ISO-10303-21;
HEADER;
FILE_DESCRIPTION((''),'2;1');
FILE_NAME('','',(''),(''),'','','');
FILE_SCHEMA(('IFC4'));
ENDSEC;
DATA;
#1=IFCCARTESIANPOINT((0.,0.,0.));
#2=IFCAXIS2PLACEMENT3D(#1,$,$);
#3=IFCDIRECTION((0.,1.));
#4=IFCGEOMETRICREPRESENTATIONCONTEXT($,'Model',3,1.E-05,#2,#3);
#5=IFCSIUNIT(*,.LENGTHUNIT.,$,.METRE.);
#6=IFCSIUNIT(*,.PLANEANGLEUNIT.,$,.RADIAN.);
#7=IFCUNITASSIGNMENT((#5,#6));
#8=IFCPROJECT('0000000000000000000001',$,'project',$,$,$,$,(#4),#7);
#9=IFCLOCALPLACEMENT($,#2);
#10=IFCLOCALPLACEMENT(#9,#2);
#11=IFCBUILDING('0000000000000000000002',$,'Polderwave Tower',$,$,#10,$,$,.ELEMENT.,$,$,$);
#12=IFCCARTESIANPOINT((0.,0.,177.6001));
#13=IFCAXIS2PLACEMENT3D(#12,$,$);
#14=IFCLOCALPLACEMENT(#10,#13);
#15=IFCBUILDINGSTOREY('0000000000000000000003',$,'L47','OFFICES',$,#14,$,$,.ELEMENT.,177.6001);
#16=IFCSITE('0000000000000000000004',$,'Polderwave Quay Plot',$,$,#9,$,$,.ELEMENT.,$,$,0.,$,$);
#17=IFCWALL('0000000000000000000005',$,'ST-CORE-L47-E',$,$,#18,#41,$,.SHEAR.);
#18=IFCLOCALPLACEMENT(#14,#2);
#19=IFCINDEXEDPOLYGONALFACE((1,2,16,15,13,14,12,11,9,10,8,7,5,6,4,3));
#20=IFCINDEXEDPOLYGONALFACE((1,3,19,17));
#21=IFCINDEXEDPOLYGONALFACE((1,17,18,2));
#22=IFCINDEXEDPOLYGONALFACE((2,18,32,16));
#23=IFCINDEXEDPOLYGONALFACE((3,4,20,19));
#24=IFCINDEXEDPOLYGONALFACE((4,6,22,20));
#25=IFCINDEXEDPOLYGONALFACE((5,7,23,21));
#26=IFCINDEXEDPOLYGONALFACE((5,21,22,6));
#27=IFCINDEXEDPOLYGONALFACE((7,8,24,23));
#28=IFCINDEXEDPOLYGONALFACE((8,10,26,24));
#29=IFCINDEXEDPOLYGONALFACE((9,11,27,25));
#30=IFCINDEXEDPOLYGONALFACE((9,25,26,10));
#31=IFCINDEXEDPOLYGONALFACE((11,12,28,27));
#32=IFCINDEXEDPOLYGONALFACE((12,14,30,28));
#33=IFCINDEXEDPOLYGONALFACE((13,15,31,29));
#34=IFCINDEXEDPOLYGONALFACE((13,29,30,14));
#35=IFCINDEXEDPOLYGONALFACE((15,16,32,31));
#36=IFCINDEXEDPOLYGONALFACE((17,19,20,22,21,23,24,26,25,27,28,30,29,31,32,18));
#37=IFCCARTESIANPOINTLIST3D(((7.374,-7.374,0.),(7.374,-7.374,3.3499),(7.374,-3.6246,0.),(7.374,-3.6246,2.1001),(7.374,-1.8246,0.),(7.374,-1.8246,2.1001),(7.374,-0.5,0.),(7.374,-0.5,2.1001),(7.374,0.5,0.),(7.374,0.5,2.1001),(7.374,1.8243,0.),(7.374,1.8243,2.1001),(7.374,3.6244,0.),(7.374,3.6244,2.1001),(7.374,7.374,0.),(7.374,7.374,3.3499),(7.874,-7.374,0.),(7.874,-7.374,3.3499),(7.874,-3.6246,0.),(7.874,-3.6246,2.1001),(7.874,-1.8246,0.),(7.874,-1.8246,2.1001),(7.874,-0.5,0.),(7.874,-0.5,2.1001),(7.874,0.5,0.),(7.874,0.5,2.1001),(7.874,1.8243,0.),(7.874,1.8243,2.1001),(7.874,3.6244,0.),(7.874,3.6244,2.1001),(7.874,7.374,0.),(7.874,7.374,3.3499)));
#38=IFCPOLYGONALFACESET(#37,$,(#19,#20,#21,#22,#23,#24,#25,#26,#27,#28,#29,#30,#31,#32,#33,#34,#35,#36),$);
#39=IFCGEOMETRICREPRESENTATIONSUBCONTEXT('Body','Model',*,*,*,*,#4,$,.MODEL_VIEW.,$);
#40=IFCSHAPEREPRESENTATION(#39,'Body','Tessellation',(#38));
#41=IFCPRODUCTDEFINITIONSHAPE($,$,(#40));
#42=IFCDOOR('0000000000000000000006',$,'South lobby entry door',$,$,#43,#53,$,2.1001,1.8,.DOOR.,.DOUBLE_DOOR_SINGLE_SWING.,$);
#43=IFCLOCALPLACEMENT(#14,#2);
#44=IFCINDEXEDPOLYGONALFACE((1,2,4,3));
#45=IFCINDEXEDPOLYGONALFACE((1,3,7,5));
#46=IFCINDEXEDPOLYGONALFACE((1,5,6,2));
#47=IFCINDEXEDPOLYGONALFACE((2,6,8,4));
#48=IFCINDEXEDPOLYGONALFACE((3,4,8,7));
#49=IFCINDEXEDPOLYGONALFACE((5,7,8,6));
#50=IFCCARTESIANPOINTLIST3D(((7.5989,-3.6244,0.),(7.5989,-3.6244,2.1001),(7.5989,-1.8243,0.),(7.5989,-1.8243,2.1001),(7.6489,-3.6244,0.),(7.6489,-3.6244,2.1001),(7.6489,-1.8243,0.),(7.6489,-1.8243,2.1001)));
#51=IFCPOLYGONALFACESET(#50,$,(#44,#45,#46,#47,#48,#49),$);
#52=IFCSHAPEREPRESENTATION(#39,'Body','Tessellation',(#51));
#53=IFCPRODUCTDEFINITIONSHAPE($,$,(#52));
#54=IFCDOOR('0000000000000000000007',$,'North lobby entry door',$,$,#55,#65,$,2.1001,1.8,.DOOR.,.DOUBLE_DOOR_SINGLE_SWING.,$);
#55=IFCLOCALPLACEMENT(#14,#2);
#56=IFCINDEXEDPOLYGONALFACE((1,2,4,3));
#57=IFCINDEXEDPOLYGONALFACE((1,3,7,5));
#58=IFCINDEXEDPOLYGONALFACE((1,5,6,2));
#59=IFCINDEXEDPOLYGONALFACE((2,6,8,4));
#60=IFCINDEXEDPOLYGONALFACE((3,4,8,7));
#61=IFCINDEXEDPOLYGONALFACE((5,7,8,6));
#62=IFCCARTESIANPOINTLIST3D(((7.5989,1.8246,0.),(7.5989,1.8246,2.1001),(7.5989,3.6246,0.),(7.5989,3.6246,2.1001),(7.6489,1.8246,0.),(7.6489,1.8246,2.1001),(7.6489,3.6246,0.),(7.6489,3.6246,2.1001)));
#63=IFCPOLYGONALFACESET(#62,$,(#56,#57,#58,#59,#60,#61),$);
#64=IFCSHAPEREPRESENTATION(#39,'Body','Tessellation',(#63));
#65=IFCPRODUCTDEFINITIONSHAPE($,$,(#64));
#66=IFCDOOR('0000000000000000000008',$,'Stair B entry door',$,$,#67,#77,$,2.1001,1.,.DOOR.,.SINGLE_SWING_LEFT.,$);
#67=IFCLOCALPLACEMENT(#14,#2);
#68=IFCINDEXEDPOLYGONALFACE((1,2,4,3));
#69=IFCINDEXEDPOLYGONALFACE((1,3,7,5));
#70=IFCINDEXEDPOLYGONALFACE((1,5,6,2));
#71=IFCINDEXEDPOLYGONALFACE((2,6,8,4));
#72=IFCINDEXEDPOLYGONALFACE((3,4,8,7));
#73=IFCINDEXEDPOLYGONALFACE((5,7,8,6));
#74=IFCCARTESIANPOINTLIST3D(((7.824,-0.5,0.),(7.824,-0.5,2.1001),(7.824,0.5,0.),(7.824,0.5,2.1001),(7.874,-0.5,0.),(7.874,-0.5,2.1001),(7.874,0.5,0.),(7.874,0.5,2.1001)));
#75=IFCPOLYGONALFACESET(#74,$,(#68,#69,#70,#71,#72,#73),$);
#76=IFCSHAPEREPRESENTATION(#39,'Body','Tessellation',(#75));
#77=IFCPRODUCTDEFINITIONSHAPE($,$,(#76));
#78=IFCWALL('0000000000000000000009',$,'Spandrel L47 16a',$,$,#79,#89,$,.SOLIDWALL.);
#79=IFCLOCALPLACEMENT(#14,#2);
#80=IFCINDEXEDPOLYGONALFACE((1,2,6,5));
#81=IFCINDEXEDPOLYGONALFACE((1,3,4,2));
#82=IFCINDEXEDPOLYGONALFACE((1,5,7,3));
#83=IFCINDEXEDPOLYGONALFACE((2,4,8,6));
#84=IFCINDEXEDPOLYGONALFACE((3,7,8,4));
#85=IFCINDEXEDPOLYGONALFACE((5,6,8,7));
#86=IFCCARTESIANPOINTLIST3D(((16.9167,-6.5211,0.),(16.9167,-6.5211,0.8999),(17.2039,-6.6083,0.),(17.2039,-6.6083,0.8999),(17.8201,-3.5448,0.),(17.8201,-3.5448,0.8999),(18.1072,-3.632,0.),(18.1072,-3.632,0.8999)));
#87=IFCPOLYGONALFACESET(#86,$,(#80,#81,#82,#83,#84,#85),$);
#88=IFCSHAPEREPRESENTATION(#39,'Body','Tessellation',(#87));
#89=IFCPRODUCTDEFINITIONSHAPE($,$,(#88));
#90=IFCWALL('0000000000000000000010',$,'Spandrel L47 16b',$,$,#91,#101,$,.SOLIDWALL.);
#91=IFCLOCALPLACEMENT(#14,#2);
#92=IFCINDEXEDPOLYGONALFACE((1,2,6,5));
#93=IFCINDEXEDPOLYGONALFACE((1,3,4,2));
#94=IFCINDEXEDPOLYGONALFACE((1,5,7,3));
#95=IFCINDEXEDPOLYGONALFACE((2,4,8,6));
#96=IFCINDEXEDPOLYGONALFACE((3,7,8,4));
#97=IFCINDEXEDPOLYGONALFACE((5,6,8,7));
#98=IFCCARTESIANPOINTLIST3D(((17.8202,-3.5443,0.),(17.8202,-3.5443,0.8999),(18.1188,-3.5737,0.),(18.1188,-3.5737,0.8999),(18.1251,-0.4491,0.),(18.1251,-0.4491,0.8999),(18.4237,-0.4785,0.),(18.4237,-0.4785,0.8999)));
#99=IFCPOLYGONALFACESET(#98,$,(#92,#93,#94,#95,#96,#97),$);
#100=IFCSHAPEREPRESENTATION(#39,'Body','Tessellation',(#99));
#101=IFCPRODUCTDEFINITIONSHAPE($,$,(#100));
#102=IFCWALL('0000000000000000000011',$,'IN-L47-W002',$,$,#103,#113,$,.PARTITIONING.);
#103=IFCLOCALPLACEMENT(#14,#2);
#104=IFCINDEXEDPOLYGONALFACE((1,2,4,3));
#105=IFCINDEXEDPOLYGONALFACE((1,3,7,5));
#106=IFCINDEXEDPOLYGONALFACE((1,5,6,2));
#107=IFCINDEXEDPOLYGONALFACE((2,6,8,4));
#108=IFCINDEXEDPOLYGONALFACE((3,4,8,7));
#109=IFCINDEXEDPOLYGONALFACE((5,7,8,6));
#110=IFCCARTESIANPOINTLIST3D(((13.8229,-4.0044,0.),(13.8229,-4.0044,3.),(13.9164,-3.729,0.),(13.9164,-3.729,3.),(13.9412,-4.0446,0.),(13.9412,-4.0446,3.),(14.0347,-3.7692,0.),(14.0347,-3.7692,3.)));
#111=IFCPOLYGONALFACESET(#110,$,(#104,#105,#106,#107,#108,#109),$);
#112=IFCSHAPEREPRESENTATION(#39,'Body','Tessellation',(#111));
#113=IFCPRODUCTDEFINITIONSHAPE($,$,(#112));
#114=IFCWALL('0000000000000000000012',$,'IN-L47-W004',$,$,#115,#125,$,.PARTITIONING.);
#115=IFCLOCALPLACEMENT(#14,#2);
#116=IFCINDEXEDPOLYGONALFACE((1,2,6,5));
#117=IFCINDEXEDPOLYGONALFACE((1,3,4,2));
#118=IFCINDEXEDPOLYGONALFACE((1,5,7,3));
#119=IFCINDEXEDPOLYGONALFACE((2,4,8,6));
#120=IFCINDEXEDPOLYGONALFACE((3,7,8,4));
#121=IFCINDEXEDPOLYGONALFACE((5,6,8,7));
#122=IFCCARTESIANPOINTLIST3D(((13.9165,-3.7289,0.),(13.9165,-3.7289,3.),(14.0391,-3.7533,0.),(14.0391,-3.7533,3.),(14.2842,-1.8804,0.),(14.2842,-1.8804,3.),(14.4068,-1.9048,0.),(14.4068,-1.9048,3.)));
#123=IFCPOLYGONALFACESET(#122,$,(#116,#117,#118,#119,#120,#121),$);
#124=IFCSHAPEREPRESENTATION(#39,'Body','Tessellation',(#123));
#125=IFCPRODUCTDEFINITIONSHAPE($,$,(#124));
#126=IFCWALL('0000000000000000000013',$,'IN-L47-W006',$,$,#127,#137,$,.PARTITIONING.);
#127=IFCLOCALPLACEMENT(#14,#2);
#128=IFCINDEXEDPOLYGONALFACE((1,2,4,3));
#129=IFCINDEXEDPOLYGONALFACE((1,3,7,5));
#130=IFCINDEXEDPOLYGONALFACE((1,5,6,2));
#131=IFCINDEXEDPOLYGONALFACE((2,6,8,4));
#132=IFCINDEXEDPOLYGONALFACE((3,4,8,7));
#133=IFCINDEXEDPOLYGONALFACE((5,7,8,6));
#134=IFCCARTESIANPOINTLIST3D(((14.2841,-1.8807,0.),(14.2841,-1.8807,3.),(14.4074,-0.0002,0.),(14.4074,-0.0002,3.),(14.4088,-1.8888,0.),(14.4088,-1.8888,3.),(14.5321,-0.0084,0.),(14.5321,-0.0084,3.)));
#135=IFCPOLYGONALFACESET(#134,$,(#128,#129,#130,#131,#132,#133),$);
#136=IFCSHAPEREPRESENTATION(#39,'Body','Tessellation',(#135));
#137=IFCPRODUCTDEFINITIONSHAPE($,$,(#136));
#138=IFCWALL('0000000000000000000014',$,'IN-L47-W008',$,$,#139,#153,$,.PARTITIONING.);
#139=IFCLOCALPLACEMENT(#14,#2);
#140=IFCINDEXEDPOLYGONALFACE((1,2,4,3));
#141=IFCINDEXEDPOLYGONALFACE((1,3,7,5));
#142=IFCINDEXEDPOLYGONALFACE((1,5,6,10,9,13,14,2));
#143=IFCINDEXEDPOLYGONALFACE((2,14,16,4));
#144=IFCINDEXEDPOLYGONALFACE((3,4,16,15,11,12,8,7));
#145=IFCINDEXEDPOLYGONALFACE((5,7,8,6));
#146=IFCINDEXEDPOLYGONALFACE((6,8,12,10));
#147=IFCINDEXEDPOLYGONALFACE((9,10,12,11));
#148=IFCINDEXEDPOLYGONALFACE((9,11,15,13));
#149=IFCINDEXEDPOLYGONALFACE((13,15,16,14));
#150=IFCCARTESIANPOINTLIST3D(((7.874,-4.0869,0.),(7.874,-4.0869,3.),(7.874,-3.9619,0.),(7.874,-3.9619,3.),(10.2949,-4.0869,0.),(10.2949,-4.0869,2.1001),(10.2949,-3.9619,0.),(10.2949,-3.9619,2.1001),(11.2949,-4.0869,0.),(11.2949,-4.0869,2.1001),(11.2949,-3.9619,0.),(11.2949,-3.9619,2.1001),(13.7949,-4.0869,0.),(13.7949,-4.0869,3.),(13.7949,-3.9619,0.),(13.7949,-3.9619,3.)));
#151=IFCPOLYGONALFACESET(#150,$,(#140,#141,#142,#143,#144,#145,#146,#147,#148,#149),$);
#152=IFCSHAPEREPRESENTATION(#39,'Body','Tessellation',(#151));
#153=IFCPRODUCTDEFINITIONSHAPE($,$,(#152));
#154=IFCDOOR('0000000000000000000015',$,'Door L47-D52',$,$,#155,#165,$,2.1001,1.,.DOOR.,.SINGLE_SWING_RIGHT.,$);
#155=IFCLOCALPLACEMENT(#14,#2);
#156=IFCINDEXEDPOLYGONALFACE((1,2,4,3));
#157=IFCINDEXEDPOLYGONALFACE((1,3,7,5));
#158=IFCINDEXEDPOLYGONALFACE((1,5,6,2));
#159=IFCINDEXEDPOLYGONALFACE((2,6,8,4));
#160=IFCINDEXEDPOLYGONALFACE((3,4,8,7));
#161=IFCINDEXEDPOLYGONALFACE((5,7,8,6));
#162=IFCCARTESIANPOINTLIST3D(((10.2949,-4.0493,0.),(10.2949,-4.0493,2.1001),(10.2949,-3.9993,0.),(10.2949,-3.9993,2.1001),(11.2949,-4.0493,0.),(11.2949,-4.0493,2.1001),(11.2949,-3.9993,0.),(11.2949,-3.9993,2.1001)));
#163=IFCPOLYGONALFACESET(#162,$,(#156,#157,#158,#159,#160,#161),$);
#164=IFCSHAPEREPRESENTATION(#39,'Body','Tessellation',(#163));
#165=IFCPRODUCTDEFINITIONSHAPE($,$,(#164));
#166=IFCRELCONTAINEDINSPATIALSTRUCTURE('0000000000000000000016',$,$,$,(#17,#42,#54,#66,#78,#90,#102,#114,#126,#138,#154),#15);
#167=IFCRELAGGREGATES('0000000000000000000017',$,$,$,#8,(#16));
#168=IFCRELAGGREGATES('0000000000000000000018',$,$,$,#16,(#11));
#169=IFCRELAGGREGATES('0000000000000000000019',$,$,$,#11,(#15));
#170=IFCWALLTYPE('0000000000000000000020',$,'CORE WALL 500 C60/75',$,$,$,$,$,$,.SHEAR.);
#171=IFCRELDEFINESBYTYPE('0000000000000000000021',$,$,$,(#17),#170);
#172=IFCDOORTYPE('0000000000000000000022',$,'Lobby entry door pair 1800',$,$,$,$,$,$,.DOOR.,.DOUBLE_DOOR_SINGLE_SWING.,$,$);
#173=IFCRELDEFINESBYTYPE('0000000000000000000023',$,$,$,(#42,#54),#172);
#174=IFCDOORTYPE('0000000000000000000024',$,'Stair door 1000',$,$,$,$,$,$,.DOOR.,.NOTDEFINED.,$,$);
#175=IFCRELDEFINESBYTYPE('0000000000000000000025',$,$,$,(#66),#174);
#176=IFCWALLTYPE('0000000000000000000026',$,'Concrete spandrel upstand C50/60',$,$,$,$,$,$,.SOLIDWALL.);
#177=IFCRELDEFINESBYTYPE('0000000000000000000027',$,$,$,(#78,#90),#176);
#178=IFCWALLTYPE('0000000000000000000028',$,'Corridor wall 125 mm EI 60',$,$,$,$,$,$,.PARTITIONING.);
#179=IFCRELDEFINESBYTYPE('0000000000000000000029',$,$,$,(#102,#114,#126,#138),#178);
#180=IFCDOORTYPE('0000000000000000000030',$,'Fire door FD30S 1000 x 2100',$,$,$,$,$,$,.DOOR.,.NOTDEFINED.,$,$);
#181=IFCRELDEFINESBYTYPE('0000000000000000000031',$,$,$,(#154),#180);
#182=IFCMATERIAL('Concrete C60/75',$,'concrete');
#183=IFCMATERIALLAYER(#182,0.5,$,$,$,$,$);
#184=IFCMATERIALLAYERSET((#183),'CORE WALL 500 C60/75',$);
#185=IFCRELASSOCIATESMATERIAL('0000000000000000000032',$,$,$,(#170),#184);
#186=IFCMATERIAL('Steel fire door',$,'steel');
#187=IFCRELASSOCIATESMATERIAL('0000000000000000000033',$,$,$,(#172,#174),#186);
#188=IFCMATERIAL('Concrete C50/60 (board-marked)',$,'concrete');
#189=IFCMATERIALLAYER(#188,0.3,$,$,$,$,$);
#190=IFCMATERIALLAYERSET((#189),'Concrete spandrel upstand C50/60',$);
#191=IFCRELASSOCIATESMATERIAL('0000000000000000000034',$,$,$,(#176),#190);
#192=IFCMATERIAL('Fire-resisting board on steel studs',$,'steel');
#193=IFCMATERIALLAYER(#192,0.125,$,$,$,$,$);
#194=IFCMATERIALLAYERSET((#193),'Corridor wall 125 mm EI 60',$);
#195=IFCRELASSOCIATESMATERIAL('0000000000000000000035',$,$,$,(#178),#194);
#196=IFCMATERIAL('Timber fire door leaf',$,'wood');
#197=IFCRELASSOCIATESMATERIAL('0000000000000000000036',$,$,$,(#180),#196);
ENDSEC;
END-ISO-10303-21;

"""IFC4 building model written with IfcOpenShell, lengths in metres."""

from ifc_helpers import new_model, si_unit, direction, frame, frame_2d, origin, place, context, subcontext, project, spatial, rectangle, extrude, material, layer, layer_set, type_object, element, fill, save


model = new_model("IFC4")

# Units and contexts
model_context = context("Model", 3, precision=1e-05, world=origin(), true_north=direction((0.0, 1.0)))
body_context = subcontext(model_context, "Body", "Model", "MODEL_VIEW")
ifc_project = project(units=[si_unit("LENGTHUNIT", "METRE"), si_unit("PLANEANGLEUNIT", "RADIAN")], contexts=[model_context])

# Site, building, storey
site_placement = place(None, origin())
site = spatial("IfcSite", under=ifc_project, at=site_placement, Name="Polderwave Quay Plot", CompositionType="ELEMENT", RefElevation=0.0)
building_placement = place(site_placement, origin())
building = spatial("IfcBuilding", under=site, at=building_placement, Name="Polderwave Tower", CompositionType="ELEMENT")
storey_placement = place(building_placement, frame((0.0, 0.0, 177.6001)))
storey = spatial("IfcBuildingStorey", under=building, at=storey_placement, Name="L47", Description="OFFICES", CompositionType="ELEMENT", Elevation=177.6001)

# Shared definitions
ifc_material_1 = material(Name="Concrete C60/75", Category="concrete")

# Wall, openings, doors
ifc_layer_1 = layer(ifc_material_1, 0.5)
ifc_layer_set_1 = layer_set([ifc_layer_1], Name="CORE WALL 500 C60/75")
wall_type_1 = type_object("IfcWallType", Name="CORE WALL 500 C60/75", PredefinedType="SHEAR", material=ifc_layer_set_1)
wall_1_placement = place(storey_placement, frame((7.624, -7.374, 0.0), z_axis=(0.0, 0.0, 1.0), x_axis=(0.0, 1.0, 0.0)))
wall_1 = element("IfcWall", 1, at=wall_1_placement, inside=storey, type_object=wall_type_1, Name="ST-CORE-L47-E", PredefinedType="SHEAR", context=body_context, shape_type="SweptSolid", body=[
    extrude(rectangle(XDim=14.748, YDim=0.5, at=frame_2d((7.374, 0.0))), origin(), (0.0, 0.0, 1.0), 3.3499),
])
opening_1_placement = place(wall_1_placement, frame((6.874, 0.0, 0.0)))
opening_1 = element("IfcOpeningElement", 2, at=opening_1_placement, cuts=wall_1, PredefinedType="OPENING", context=body_context, shape_type="SweptSolid", body=[
    extrude(rectangle(XDim=1.0, YDim=2.1001, at=frame_2d((0.5, 1.05))), frame((0.0, 0.26, 0.0), z_axis=(0.0, -1.0, 0.0), x_axis=(1.0, 0.0, 0.0)), (0.0, 0.0, 1.0), 0.52),
])
opening_2_placement = place(wall_1_placement, frame((3.7495, 0.0, 0.0)))
opening_2 = element("IfcOpeningElement", 3, at=opening_2_placement, cuts=wall_1, PredefinedType="OPENING", context=body_context, shape_type="SweptSolid", body=[
    extrude(rectangle(XDim=1.8, YDim=2.1001, at=frame_2d((0.8999, 1.05))), frame((0.0, 0.26, 0.0), z_axis=(0.0, -1.0, 0.0), x_axis=(1.0, 0.0, 0.0)), (0.0, 0.0, 1.0), 0.52),
])
opening_3_placement = place(wall_1_placement, frame((9.1985, 0.0, 0.0)))
opening_3 = element("IfcOpeningElement", 4, at=opening_3_placement, cuts=wall_1, PredefinedType="OPENING", context=body_context, shape_type="SweptSolid", body=[
    extrude(rectangle(XDim=1.8, YDim=2.1001, at=frame_2d((0.8999, 1.05))), frame((0.0, 0.26, 0.0), z_axis=(0.0, -1.0, 0.0), x_axis=(1.0, 0.0, 0.0)), (0.0, 0.0, 1.0), 0.52),
])
ifc_material_2 = material(Name="Steel fire door", Category="steel")
door_type_1 = type_object("IfcDoorType", Name="Lobby entry door pair 1800", OperationType="DOUBLE_DOOR_SINGLE_SWING", PredefinedType="DOOR", material=ifc_material_2)
door_1_placement = place(opening_2_placement, frame((1.8, 0.0, 0.0), z_axis=(0.0, 0.0, 1.0), x_axis=(-1.0, 0.0, 0.0)))
door_1 = element("IfcDoor", 5, at=door_1_placement, inside=storey, type_object=door_type_1, Name="South lobby entry door", OperationType="DOUBLE_DOOR_SINGLE_SWING", OverallHeight=2.1001, OverallWidth=1.8, PredefinedType="DOOR", context=body_context, shape_type="SweptSolid", body=[
    extrude(rectangle(XDim=1.8, YDim=2.1001, at=frame_2d((0.8999, 1.05))), frame((0.0, 0.0249, 0.0), z_axis=(0.0, -1.0, 0.0), x_axis=(1.0, 0.0, 0.0)), (0.0, 0.0, 1.0), 0.05),
])
fill(opening_2, door_1)
door_2_placement = place(opening_3_placement, frame((1.8, 0.0, 0.0), z_axis=(0.0, 0.0, 1.0), x_axis=(-1.0, 0.0, 0.0)))
door_2 = element("IfcDoor", 6, at=door_2_placement, inside=storey, type_object=door_type_1, Name="North lobby entry door", OperationType="DOUBLE_DOOR_SINGLE_SWING", OverallHeight=2.1001, OverallWidth=1.8, PredefinedType="DOOR", context=body_context, shape_type="SweptSolid", body=[
    extrude(rectangle(XDim=1.8, YDim=2.1001, at=frame_2d((0.8999, 1.05))), frame((0.0, 0.0249, 0.0), z_axis=(0.0, -1.0, 0.0), x_axis=(1.0, 0.0, 0.0)), (0.0, 0.0, 1.0), 0.05),
])
fill(opening_3, door_2)
door_type_2 = type_object("IfcDoorType", Name="Stair door 1000", OperationType="NOTDEFINED", PredefinedType="DOOR", material=ifc_material_2)
door_3_placement = place(opening_1_placement, frame((1.0, 0.0, 0.0), z_axis=(0.0, 0.0, 1.0), x_axis=(-1.0, 0.0, 0.0)))
door_3 = element("IfcDoor", 7, at=door_3_placement, inside=storey, type_object=door_type_2, Name="Stair B entry door", OperationType="SINGLE_SWING_LEFT", OverallHeight=2.1001, OverallWidth=1.0, PredefinedType="DOOR", context=body_context, shape_type="SweptSolid", body=[
    extrude(rectangle(XDim=1.0, YDim=2.1001, at=frame_2d((0.5, 1.05))), frame((0.0, 0.25, 0.0), z_axis=(0.0, -1.0, 0.0), x_axis=(1.0, 0.0, 0.0)), (0.0, 0.0, 1.0), 0.05),
])
fill(opening_1, door_3)

# Walls
ifc_material_3 = material(Name="Concrete C50/60 (board-marked)", Category="concrete")
ifc_layer_2 = layer(ifc_material_3, 0.3)
ifc_layer_set_2 = layer_set([ifc_layer_2], Name="Concrete spandrel upstand C50/60")
wall_type_2 = type_object("IfcWallType", Name="Concrete spandrel upstand C50/60", PredefinedType="SOLIDWALL", material=ifc_layer_set_2)
wall_2_placement = place(storey_placement, frame((17.0603, -6.5647, 0.0), z_axis=(0.0, 0.0, 1.0), x_axis=(0.290421, 0.956899, 0.0)))
element("IfcWall", 8, at=wall_2_placement, inside=storey, type_object=wall_type_2, Name="Spandrel L47 16a", PredefinedType="SOLIDWALL", context=body_context, shape_type="SweptSolid", body=[
    extrude(rectangle(XDim=3.1104, YDim=0.3, at=frame_2d((1.5552, 0.0))), origin(), (0.0, 0.0, 1.0), 0.8999),
])
wall_3_placement = place(storey_placement, frame((17.9695, -3.5591, 0.0), z_axis=(0.0, 0.0, 1.0), x_axis=(0.098042, 0.995182, 0.0)))
element("IfcWall", 9, at=wall_3_placement, inside=storey, type_object=wall_type_2, Name="Spandrel L47 16b", PredefinedType="SOLIDWALL", context=body_context, shape_type="SweptSolid", body=[
    extrude(rectangle(XDim=3.1101, YDim=0.3, at=frame_2d((1.5552, 0.0))), origin(), (0.0, 0.0, 1.0), 0.8999),
])
ifc_material_4 = material(Name="Fire-resisting board on steel studs", Category="steel")
ifc_layer_3 = layer(ifc_material_4, 0.125)
ifc_layer_set_3 = layer_set([ifc_layer_3], Name="Corridor wall 125 mm EI 60")
wall_type_3 = type_object("IfcWallType", Name="Corridor wall 125 mm EI 60", PredefinedType="PARTITIONING", material=ifc_layer_set_3)
wall_4_placement = place(storey_placement, frame((13.9756, -3.749, 0.0), z_axis=(0.0, 0.0, 1.0), x_axis=(-0.321511, -0.946906, 0.0)))
element("IfcWall", 10, at=wall_4_placement, inside=storey, type_object=wall_type_3, Name="IN-L47-W002", PredefinedType="PARTITIONING", context=body_context, shape_type="SweptSolid", body=[
    extrude(rectangle(XDim=0.2908, YDim=0.125, at=frame_2d((0.1455, 0.0))), origin(), (0.0, 0.0, 1.0), 3.0),
])
wall_5_placement = place(storey_placement, frame((14.3455, -1.8926, 0.0), z_axis=(0.0, 0.0, 1.0), x_axis=(-0.19507, -0.980789, 0.0)))
element("IfcWall", 11, at=wall_5_placement, inside=storey, type_object=wall_type_3, Name="IN-L47-W004", PredefinedType="PARTITIONING", context=body_context, shape_type="SweptSolid", body=[
    extrude(rectangle(XDim=1.8848, YDim=0.125, at=frame_2d((0.9424, 0.0))), origin(), (0.0, 0.0, 1.0), 3.0),
])
wall_6_placement = place(storey_placement, frame((14.4697, -0.0042, 0.0), z_axis=(0.0, 0.0, 1.0), x_axis=(-0.065427, -0.997857, 0.0)))
element("IfcWall", 12, at=wall_6_placement, inside=storey, type_object=wall_type_3, Name="IN-L47-W006", PredefinedType="PARTITIONING", context=body_context, shape_type="SweptSolid", body=[
    extrude(rectangle(XDim=1.8845, YDim=0.125, at=frame_2d((0.9424, 0.0))), origin(), (0.0, 0.0, 1.0), 3.0),
])

# Wall, opening, door
wall_7_placement = place(storey_placement, frame((13.7949, -4.0244, 0.0), z_axis=(0.0, 0.0, 1.0), x_axis=(-1.0, 0.0, 0.0)))
wall_7 = element("IfcWall", 13, at=wall_7_placement, inside=storey, type_object=wall_type_3, Name="IN-L47-W008", PredefinedType="PARTITIONING", context=body_context, shape_type="SweptSolid", body=[
    extrude(rectangle(XDim=5.9209, YDim=0.125, at=frame_2d((2.9604, 0.0))), origin(), (0.0, 0.0, 1.0), 3.0),
])
opening_4_placement = place(wall_7_placement, frame((2.5, 0.0, 0.0)))
opening_4 = element("IfcOpeningElement", 14, at=opening_4_placement, cuts=wall_7, PredefinedType="OPENING", context=body_context, shape_type="SweptSolid", body=[
    extrude(rectangle(XDim=1.0, YDim=2.1001, at=frame_2d((0.5, 1.05))), frame((0.0, 0.0725, 0.0), z_axis=(0.0, -1.0, 0.0), x_axis=(1.0, 0.0, 0.0)), (0.0, 0.0, 1.0), 0.145),
])
ifc_material_5 = material(Name="Timber fire door leaf", Category="wood")
door_type_3 = type_object("IfcDoorType", Name="Fire door FD30S 1000 x 2100", OperationType="NOTDEFINED", PredefinedType="DOOR", material=ifc_material_5)
door_4_placement = place(opening_4_placement, origin())
door_4 = element("IfcDoor", 15, at=door_4_placement, inside=storey, type_object=door_type_3, Name="Door L47-D52", OperationType="SINGLE_SWING_RIGHT", OverallHeight=2.1001, OverallWidth=1.0, PredefinedType="DOOR", context=body_context, shape_type="SweptSolid", body=[
    extrude(rectangle(XDim=1.0, YDim=2.1001, at=frame_2d((0.5, 1.05))), frame((0.0, 0.0249, 0.0), z_axis=(0.0, -1.0, 0.0), x_axis=(1.0, 0.0, 0.0)), (0.0, 0.0, 1.0), 0.05),
])
fill(opening_4, door_4)

save(model, "model.ifc")
